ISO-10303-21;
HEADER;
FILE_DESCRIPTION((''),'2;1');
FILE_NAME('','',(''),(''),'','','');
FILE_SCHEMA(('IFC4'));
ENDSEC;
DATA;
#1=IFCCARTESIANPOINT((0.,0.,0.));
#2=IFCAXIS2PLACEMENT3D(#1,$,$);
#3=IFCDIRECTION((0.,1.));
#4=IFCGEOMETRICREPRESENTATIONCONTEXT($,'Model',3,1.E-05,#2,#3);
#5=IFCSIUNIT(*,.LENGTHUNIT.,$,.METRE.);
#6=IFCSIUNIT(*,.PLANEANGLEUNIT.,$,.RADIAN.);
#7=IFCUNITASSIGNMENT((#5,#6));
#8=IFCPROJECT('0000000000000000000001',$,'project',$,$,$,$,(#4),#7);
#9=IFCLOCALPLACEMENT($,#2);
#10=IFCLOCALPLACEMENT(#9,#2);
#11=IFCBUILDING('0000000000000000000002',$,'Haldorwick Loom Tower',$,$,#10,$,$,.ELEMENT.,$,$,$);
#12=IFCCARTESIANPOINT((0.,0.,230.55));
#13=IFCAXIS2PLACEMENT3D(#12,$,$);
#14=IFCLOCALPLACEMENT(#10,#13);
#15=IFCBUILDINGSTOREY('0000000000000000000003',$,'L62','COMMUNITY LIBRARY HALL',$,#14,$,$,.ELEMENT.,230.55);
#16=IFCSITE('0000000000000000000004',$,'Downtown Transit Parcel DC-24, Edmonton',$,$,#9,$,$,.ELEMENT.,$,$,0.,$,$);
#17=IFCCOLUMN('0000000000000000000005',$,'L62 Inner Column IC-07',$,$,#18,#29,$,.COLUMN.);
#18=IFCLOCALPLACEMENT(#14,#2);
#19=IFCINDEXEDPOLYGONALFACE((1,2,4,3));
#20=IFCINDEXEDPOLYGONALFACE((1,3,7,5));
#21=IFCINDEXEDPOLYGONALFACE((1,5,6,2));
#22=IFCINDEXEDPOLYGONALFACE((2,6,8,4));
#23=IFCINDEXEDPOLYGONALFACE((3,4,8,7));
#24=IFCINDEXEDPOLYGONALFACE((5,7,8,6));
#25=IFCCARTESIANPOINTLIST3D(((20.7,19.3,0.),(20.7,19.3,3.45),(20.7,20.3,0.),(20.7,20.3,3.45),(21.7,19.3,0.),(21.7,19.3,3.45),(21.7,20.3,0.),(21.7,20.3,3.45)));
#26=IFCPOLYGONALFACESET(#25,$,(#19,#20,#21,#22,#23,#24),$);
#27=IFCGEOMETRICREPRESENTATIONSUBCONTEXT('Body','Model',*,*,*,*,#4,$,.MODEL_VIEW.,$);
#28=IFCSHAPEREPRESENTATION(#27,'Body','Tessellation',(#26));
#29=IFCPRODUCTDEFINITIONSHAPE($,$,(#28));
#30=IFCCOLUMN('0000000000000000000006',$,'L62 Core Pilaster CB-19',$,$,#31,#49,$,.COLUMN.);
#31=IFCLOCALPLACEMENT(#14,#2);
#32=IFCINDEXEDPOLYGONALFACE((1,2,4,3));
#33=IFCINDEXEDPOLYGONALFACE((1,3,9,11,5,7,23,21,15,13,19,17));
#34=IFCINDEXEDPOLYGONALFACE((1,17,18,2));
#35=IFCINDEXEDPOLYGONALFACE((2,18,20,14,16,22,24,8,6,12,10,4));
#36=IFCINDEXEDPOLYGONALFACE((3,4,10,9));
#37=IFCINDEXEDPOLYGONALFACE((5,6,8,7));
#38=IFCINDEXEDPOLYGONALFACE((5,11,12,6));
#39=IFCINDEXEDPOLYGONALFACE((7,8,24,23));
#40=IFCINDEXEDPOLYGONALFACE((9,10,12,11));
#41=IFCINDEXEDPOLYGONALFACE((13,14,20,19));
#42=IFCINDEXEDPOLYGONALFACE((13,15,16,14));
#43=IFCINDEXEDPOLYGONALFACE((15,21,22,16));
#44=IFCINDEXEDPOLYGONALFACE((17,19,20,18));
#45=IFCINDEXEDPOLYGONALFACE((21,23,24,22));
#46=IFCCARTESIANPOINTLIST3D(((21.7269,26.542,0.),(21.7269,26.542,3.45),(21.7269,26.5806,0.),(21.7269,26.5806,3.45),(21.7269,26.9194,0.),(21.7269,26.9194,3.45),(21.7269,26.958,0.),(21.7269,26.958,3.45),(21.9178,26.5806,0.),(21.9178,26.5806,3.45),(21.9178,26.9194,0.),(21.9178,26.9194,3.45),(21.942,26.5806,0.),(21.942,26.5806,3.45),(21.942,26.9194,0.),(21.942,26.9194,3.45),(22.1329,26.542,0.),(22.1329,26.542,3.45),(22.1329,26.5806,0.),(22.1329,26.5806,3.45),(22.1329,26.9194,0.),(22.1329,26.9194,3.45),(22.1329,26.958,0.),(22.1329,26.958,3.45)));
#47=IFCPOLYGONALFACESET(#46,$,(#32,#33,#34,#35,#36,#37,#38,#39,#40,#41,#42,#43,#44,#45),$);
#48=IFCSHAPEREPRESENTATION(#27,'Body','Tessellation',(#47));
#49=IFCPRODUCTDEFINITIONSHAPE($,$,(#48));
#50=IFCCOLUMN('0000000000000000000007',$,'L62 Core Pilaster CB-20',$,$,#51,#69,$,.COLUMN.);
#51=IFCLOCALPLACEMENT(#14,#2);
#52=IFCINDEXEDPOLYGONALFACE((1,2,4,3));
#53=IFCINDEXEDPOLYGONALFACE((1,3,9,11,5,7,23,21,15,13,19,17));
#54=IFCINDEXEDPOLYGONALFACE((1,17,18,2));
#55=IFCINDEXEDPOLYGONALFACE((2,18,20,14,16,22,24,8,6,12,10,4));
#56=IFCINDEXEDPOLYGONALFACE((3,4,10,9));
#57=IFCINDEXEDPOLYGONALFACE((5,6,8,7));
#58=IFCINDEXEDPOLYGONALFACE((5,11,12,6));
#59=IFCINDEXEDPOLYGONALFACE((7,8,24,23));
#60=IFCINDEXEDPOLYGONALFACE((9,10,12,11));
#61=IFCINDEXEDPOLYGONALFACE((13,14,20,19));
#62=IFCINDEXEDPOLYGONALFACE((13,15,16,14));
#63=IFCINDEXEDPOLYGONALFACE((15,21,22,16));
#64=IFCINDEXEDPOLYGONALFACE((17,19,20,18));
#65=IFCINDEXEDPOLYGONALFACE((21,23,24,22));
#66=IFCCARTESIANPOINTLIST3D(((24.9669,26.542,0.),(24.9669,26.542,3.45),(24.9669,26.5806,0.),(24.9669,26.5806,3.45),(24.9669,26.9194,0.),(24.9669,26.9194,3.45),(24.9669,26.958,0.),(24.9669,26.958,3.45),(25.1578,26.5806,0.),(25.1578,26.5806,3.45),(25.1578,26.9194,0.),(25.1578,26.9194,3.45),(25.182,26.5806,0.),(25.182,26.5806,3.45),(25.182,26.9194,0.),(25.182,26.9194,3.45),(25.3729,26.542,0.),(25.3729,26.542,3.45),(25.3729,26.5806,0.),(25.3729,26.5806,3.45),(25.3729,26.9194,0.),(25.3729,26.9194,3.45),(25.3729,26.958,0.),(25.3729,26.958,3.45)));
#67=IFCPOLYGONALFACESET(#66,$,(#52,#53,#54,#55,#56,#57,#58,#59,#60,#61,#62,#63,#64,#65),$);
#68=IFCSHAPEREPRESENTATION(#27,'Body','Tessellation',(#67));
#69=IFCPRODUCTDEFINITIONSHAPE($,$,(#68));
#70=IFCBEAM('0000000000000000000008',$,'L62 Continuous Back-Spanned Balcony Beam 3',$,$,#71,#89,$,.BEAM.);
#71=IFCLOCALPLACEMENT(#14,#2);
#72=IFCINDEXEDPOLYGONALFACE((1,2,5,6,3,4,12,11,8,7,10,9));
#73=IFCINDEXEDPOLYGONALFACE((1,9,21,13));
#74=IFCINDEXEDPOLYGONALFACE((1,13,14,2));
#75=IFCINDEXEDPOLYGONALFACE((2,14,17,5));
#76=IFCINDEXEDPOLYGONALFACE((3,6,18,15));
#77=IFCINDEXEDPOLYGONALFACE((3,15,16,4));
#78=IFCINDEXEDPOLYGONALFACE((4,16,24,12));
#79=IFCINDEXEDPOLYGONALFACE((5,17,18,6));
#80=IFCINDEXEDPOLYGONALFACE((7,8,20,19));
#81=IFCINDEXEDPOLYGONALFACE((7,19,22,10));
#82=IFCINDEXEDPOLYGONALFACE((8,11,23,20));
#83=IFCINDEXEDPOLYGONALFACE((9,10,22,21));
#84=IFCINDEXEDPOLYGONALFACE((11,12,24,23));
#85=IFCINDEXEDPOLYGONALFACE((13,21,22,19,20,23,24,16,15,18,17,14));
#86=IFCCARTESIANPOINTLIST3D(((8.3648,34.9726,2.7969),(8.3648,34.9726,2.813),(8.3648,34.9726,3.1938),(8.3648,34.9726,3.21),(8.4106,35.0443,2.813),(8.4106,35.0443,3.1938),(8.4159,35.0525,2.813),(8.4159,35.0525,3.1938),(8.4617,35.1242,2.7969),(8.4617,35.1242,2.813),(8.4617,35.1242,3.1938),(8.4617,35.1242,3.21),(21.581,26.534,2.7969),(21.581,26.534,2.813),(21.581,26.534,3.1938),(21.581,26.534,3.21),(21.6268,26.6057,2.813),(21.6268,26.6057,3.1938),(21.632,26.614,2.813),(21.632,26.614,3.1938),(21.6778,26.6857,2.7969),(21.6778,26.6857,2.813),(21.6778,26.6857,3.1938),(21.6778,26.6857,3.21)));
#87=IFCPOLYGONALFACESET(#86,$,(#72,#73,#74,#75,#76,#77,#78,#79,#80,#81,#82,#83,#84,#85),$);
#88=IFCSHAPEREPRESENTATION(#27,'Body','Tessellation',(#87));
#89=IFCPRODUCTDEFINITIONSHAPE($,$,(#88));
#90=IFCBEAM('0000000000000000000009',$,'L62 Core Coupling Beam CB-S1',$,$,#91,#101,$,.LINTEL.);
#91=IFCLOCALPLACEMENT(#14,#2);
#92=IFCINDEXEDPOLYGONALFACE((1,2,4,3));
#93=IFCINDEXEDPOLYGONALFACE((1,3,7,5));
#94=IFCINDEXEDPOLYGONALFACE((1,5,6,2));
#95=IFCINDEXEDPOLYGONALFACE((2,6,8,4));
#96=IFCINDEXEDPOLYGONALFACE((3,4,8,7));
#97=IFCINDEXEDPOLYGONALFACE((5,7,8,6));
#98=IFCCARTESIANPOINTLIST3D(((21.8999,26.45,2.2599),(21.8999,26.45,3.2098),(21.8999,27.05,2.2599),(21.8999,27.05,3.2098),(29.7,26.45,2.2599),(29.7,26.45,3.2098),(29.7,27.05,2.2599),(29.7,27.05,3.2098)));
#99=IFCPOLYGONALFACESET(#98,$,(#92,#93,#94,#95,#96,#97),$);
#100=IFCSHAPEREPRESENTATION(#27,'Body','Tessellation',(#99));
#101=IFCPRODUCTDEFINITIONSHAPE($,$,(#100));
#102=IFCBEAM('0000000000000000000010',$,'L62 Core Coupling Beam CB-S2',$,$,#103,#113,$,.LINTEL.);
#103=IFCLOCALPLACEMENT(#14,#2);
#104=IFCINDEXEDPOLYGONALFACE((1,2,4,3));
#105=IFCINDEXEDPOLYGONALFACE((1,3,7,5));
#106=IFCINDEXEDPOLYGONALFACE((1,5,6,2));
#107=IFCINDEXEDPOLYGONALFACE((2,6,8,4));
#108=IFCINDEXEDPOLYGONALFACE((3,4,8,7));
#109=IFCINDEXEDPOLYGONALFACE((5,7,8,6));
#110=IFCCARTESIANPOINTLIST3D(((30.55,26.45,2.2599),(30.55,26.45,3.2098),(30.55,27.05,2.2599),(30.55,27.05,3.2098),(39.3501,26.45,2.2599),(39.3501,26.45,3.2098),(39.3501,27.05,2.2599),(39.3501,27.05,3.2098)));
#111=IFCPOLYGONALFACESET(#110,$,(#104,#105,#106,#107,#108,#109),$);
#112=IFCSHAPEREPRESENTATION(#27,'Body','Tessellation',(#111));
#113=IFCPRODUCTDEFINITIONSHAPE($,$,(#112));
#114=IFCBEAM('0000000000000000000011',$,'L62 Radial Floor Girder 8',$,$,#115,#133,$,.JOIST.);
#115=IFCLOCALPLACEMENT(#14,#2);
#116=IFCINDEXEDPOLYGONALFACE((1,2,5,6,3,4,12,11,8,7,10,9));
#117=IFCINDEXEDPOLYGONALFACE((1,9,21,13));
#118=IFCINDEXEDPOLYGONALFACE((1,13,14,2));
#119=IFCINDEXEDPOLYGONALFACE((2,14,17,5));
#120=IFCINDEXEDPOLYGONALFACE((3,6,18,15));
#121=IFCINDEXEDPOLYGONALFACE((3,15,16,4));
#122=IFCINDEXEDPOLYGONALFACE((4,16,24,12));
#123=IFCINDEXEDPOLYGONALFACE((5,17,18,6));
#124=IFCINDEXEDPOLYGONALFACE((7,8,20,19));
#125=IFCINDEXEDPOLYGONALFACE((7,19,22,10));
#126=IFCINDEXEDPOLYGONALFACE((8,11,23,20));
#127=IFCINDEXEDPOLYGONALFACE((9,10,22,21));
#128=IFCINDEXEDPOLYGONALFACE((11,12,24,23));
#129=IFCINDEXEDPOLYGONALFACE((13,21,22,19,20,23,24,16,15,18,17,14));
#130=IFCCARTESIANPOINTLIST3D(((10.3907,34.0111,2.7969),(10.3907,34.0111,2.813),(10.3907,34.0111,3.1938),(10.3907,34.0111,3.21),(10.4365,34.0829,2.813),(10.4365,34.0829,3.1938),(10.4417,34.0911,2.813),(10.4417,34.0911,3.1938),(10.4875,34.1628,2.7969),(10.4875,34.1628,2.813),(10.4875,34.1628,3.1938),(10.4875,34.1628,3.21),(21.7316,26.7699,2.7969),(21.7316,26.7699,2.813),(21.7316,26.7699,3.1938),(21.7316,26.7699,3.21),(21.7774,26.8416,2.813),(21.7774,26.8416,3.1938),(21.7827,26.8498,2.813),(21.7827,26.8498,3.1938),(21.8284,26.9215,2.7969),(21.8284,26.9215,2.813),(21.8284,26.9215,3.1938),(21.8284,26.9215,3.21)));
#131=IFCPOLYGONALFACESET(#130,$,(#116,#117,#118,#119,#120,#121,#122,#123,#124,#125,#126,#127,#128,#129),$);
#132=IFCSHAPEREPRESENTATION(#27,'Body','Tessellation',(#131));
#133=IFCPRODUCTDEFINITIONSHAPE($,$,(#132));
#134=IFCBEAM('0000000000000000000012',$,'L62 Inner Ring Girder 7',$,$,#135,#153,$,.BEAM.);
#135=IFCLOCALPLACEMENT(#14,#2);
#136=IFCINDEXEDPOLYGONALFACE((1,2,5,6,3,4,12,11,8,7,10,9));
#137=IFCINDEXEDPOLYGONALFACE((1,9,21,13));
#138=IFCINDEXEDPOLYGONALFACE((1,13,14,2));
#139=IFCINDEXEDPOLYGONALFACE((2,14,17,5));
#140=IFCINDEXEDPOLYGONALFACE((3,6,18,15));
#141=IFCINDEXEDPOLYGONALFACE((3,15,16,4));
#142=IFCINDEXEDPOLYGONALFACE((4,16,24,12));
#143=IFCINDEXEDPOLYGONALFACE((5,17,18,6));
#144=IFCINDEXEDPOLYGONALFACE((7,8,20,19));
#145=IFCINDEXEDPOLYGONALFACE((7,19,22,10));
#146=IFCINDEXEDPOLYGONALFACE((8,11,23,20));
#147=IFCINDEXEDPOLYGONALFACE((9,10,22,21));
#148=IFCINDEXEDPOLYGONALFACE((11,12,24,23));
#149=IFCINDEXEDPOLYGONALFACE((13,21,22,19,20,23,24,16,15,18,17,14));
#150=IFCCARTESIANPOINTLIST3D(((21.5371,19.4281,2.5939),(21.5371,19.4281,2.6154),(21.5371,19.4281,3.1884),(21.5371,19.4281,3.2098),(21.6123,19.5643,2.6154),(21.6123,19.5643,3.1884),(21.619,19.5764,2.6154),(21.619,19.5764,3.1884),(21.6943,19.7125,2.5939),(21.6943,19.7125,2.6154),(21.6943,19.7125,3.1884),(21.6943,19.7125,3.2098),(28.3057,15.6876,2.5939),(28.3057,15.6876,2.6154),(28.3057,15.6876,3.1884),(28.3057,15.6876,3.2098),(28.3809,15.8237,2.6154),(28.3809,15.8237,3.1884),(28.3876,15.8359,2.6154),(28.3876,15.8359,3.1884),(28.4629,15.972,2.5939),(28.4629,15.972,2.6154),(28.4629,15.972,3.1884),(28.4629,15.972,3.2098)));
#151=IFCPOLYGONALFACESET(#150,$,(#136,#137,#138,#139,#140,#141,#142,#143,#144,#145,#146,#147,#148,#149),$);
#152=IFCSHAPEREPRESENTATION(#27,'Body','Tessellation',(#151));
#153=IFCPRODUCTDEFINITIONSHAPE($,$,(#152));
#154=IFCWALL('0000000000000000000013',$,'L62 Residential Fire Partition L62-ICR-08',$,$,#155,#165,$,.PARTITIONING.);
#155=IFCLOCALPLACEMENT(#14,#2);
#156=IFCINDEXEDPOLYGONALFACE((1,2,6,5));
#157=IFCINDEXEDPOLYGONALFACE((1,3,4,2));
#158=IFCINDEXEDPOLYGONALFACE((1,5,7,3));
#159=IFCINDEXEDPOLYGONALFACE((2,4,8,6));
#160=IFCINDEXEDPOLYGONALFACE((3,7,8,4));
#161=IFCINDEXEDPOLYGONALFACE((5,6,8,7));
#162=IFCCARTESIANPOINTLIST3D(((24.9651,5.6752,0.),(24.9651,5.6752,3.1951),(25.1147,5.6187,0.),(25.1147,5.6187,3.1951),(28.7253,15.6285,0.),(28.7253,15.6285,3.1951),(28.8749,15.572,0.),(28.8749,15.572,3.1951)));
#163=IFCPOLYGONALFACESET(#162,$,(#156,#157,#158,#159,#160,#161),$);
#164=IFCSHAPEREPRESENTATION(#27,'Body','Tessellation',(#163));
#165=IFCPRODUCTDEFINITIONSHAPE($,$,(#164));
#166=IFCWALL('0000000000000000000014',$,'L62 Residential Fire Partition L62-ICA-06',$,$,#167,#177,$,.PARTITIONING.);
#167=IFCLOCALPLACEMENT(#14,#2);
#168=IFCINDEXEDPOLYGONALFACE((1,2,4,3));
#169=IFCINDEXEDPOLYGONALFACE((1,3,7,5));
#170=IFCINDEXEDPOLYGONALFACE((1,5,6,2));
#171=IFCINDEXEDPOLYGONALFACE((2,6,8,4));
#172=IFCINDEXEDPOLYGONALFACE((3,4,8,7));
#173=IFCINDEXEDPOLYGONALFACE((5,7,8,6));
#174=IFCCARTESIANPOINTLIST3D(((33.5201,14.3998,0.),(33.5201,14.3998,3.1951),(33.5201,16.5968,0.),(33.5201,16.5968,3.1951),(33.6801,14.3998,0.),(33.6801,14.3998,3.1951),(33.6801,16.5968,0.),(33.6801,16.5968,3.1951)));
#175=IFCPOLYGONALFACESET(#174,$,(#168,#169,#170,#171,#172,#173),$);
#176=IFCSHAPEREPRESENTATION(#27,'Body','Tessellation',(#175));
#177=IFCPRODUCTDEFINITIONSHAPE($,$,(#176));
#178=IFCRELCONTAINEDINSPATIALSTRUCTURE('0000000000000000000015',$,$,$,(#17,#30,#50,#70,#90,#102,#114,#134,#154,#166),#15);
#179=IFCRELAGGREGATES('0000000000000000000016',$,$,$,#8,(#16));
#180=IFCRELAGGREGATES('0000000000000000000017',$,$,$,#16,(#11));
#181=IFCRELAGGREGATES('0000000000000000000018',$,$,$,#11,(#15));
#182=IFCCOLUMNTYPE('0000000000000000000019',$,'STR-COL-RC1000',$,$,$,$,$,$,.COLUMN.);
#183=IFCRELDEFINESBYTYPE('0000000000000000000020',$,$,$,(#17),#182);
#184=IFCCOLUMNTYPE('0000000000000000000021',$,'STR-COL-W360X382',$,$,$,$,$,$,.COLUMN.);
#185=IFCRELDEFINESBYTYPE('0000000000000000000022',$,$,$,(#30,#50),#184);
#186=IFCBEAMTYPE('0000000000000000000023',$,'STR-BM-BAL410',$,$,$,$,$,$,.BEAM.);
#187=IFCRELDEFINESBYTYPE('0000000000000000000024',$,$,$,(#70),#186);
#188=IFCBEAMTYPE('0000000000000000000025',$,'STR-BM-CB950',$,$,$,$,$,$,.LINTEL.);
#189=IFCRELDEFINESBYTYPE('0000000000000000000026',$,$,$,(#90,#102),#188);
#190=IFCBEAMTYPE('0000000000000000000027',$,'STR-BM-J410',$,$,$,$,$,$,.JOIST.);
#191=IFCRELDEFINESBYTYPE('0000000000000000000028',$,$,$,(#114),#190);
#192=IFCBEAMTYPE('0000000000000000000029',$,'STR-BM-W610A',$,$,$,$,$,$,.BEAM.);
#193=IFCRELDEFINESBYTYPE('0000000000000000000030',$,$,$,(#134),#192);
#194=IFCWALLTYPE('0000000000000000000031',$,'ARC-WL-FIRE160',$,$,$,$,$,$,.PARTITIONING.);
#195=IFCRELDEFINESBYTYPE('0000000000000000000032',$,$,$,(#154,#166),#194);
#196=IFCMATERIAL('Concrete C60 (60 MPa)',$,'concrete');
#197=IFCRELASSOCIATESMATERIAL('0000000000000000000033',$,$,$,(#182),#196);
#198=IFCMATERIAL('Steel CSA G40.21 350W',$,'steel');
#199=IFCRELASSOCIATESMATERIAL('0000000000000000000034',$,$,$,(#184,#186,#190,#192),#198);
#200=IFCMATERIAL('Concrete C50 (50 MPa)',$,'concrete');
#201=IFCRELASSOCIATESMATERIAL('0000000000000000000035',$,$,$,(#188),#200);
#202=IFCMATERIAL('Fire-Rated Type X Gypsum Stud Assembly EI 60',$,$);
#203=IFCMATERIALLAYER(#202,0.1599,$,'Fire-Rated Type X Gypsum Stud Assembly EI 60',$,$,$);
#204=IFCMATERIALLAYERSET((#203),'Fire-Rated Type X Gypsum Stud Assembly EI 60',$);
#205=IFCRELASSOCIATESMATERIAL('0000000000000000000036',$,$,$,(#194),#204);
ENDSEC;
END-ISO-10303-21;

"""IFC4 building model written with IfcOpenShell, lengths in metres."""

from ifc_helpers import new_model, si_unit, direction, frame, frame_2d, origin, origin_2d, place, context, subcontext, project, spatial, rectangle, i_section, extrude, material, layer, layer_set, material_profile, profile_set, type_object, element, save


model = new_model("IFC4")

# Units and contexts
model_context = context("Model", 3, precision=1e-05, world=origin(), true_north=direction((0.0, 1.0)))
body_context = subcontext(model_context, "Body", "Model", "MODEL_VIEW")
ifc_project = project(units=[si_unit("LENGTHUNIT", "METRE"), si_unit("PLANEANGLEUNIT", "RADIAN")], contexts=[model_context])

# Site, building, storey
site_placement = place(None, origin())
site = spatial("IfcSite", under=ifc_project, at=site_placement, Name="Downtown Transit Parcel DC-24, Edmonton", CompositionType="ELEMENT", RefElevation=0.0)
building_placement = place(site_placement, origin())
building = spatial("IfcBuilding", under=site, at=building_placement, Name="Haldorwick Loom Tower", CompositionType="ELEMENT")
storey_placement = place(building_placement, frame((0.0, 0.0, 230.55)))
storey = spatial("IfcBuildingStorey", under=building, at=storey_placement, Name="L62", Description="COMMUNITY LIBRARY HALL", CompositionType="ELEMENT", Elevation=230.55)

# Columns
ifc_material_1 = material(Name="Concrete C60 (60 MPa)", Category="concrete")
ifc_material_profile_1 = material_profile(ifc_material_1, rectangle(XDim=1.0, YDim=1.0, at=origin_2d()), Name="RC1000X1000", Category="concrete")
ifc_profile_set_1 = profile_set([ifc_material_profile_1], Name="Concrete C60 (60 MPa)")
column_type_1 = type_object("IfcColumnType", Name="STR-COL-RC1000", PredefinedType="COLUMN", material=ifc_profile_set_1)
column_placement = place(storey_placement, frame((21.2, 19.8, 0.0), z_axis=(0.0, 0.0, 1.0), x_axis=(1.0, 0.0, 0.0)))
element("IfcColumn", 1, at=column_placement, inside=storey, type_object=column_type_1, Name="L62 Inner Column IC-07", PredefinedType="COLUMN", context=body_context, shape_type="SweptSolid", body=[
    extrude(rectangle(XDim=1.0, YDim=1.0, at=origin_2d()), origin(), (0.0, 0.0, 1.0), 3.45),
])
ifc_material_2 = material(Name="Steel CSA G40.21 350W", Category="steel")
ifc_material_profile_2 = material_profile(ifc_material_2, i_section(OverallWidth=0.406, OverallDepth=0.416, WebThickness=0.0242, FlangeThickness=0.0386, at=origin_2d()), Name="W360X382", Category="steel")
ifc_profile_set_2 = profile_set([ifc_material_profile_2], Name="Steel CSA G40.21 350W")
column_type_2 = type_object("IfcColumnType", Name="STR-COL-W360X382", PredefinedType="COLUMN", material=ifc_profile_set_2)
for number, where, z_axis, x_axis, name in (
    (2, (21.9299, 26.75, 0.0), (0.0, 0.0, 1.0), (1.0, 0.0, 0.0), "L62 Core Pilaster CB-19"),
    (3, (25.1699, 26.75, 0.0), (0.0, 0.0, 1.0), (1.0, 0.0, 0.0), "L62 Core Pilaster CB-20"),
):
    element("IfcColumn", number, at=place(storey_placement, frame(where, z_axis=z_axis, x_axis=x_axis)), inside=storey, type_object=column_type_2, Name=name, PredefinedType="COLUMN", context=body_context, shape_type="SweptSolid", body=[
        extrude(i_section(OverallWidth=0.406, OverallDepth=0.416, WebThickness=0.0242, FlangeThickness=0.0386, at=origin_2d()), origin(), (0.0, 0.0, 1.0), 3.45),
    ])

# Beams
ifc_material_profile_3 = material_profile(ifc_material_2, i_section(OverallWidth=0.1799, OverallDepth=0.4131, WebThickness=0.0098, FlangeThickness=0.0161, at=origin_2d()), Name="W410X74", Category="steel")
ifc_profile_set_3 = profile_set([ifc_material_profile_3], Name="Steel CSA G40.21 350W")
beam_type_1 = type_object("IfcBeamType", Name="STR-BM-BAL410", PredefinedType="BEAM", material=ifc_profile_set_3)
beam_1_placement = place(storey_placement, frame((21.6294, 26.6099, 3.0034), z_axis=(-0.842844, 0.538157, 0.0), x_axis=(-0.538157, -0.842844, 0.0)))
element("IfcBeam", 4, at=beam_1_placement, inside=storey, type_object=beam_type_1, Name="L62 Continuous Back-Spanned Balcony Beam 3", PredefinedType="BEAM", context=body_context, shape_type="SweptSolid", body=[
    extrude(i_section(OverallWidth=0.1799, OverallDepth=0.4131, WebThickness=0.0098, FlangeThickness=0.0161, at=origin_2d()), origin(), (0.0, 0.0, 1.0), 15.6804),
])
ifc_material_3 = material(Name="Concrete C50 (50 MPa)", Category="concrete")
ifc_material_profile_4 = material_profile(ifc_material_3, rectangle(XDim=0.6001, YDim=0.95, at=origin_2d()), Name="RC600X950", Category="concrete")
ifc_profile_set_4 = profile_set([ifc_material_profile_4], Name="Concrete C50 (50 MPa)")
beam_type_2 = type_object("IfcBeamType", Name="STR-BM-CB950", PredefinedType="LINTEL", material=ifc_profile_set_4)
beam_2_placement = place(storey_placement, frame((21.8999, 26.75, 2.7349), z_axis=(1.0, 0.0, 0.0), x_axis=(0.0, 1.0, 0.0)))
element("IfcBeam", 5, at=beam_2_placement, inside=storey, type_object=beam_type_2, Name="L62 Core Coupling Beam CB-S1", PredefinedType="LINTEL", context=body_context, shape_type="SweptSolid", body=[
    extrude(rectangle(XDim=0.6001, YDim=0.95, at=origin_2d()), origin(), (0.0, 0.0, 1.0), 7.8),
])
beam_3_placement = place(storey_placement, frame((30.55, 26.75, 2.7349), z_axis=(1.0, 0.0, 0.0), x_axis=(0.0, 1.0, 0.0)))
element("IfcBeam", 6, at=beam_3_placement, inside=storey, type_object=beam_type_2, Name="L62 Core Coupling Beam CB-S2", PredefinedType="LINTEL", context=body_context, shape_type="SweptSolid", body=[
    extrude(rectangle(XDim=0.6001, YDim=0.95, at=origin_2d()), origin(), (0.0, 0.0, 1.0), 8.8),
])
ifc_material_profile_5 = material_profile(ifc_material_2, i_section(OverallWidth=0.1799, OverallDepth=0.4131, WebThickness=0.0098, FlangeThickness=0.0161, at=origin_2d()), Name="W410X74", Category="steel")
ifc_profile_set_5 = profile_set([ifc_material_profile_5], Name="Steel CSA G40.21 350W")
beam_type_3 = type_object("IfcBeamType", Name="STR-BM-J410", PredefinedType="JOIST", material=ifc_profile_set_5)
beam_4_placement = place(storey_placement, frame((21.78, 26.8457, 3.0034), z_axis=(-0.842842, 0.538162, 0.0), x_axis=(-0.538162, -0.842842, 0.0)))
element("IfcBeam", 7, at=beam_4_placement, inside=storey, type_object=beam_type_3, Name="L62 Radial Floor Girder 8", PredefinedType="JOIST", context=body_context, shape_type="SweptSolid", body=[
    extrude(i_section(OverallWidth=0.1799, OverallDepth=0.4131, WebThickness=0.0098, FlangeThickness=0.0161, at=origin_2d()), origin(), (0.0, 0.0, 1.0), 13.4556),
])
ifc_material_profile_6 = material_profile(ifc_material_2, i_section(OverallWidth=0.325, OverallDepth=0.616, WebThickness=0.0139, FlangeThickness=0.0215, at=origin_2d()), Name="W610X174", Category="steel")
ifc_profile_set_6 = profile_set([ifc_material_profile_6], Name="Steel CSA G40.21 350W")
beam_type_4 = type_object("IfcBeamType", Name="STR-BM-W610A", PredefinedType="BEAM", material=ifc_profile_set_6)
beam_5_placement = place(storey_placement, frame((28.3843, 15.8298, 2.9019), z_axis=(-0.875244, 0.483682, 0.0), x_axis=(-0.483682, -0.875244, 0.0)))
element("IfcBeam", 8, at=beam_5_placement, inside=storey, type_object=beam_type_4, Name="L62 Inner Ring Girder 7", PredefinedType="BEAM", context=body_context, shape_type="SweptSolid", body=[
    extrude(i_section(OverallWidth=0.325, OverallDepth=0.616, WebThickness=0.0139, FlangeThickness=0.0215, at=origin_2d()), origin(), (0.0, 0.0, 1.0), 7.7334),
])

# Walls
ifc_material_4 = material(Name="Fire-Rated Type X Gypsum Stud Assembly EI 60")
ifc_layer_1 = layer(ifc_material_4, 0.1599, Name="Fire-Rated Type X Gypsum Stud Assembly EI 60")
ifc_layer_set_1 = layer_set([ifc_layer_1], Name="Fire-Rated Type X Gypsum Stud Assembly EI 60")
wall_type_1 = type_object("IfcWallType", Name="ARC-WL-FIRE160", PredefinedType="PARTITIONING", material=ifc_layer_set_1)
wall_1_placement = place(storey_placement, frame((28.8, 15.6001, 0.0), z_axis=(0.0, 0.0, 1.0), x_axis=(-0.353408, -0.935469, 0.0)))
element("IfcWall", 9, at=wall_1_placement, inside=storey, type_object=wall_type_1, Name="L62 Residential Fire Partition L62-ICR-08", PredefinedType="PARTITIONING", context=body_context, shape_type="SweptSolid", body=[
    extrude(rectangle(XDim=10.6399, YDim=0.1599, at=frame_2d((5.3198, 0.0))), origin(), (0.0, 0.0, 1.0), 3.1951),
])
wall_2_placement = place(storey_placement, frame((33.6001, 16.5969, 0.0), z_axis=(0.0, 0.0, 1.0), x_axis=(0.0, -1.0, 0.0)))
element("IfcWall", 10, at=wall_2_placement, inside=storey, type_object=wall_type_1, Name="L62 Residential Fire Partition L62-ICA-06", PredefinedType="PARTITIONING", context=body_context, shape_type="SweptSolid", body=[
    extrude(rectangle(XDim=2.197, YDim=0.1599, at=frame_2d((1.0986, 0.0))), origin(), (0.0, 0.0, 1.0), 3.1951),
])

save(model, "model.ifc")
